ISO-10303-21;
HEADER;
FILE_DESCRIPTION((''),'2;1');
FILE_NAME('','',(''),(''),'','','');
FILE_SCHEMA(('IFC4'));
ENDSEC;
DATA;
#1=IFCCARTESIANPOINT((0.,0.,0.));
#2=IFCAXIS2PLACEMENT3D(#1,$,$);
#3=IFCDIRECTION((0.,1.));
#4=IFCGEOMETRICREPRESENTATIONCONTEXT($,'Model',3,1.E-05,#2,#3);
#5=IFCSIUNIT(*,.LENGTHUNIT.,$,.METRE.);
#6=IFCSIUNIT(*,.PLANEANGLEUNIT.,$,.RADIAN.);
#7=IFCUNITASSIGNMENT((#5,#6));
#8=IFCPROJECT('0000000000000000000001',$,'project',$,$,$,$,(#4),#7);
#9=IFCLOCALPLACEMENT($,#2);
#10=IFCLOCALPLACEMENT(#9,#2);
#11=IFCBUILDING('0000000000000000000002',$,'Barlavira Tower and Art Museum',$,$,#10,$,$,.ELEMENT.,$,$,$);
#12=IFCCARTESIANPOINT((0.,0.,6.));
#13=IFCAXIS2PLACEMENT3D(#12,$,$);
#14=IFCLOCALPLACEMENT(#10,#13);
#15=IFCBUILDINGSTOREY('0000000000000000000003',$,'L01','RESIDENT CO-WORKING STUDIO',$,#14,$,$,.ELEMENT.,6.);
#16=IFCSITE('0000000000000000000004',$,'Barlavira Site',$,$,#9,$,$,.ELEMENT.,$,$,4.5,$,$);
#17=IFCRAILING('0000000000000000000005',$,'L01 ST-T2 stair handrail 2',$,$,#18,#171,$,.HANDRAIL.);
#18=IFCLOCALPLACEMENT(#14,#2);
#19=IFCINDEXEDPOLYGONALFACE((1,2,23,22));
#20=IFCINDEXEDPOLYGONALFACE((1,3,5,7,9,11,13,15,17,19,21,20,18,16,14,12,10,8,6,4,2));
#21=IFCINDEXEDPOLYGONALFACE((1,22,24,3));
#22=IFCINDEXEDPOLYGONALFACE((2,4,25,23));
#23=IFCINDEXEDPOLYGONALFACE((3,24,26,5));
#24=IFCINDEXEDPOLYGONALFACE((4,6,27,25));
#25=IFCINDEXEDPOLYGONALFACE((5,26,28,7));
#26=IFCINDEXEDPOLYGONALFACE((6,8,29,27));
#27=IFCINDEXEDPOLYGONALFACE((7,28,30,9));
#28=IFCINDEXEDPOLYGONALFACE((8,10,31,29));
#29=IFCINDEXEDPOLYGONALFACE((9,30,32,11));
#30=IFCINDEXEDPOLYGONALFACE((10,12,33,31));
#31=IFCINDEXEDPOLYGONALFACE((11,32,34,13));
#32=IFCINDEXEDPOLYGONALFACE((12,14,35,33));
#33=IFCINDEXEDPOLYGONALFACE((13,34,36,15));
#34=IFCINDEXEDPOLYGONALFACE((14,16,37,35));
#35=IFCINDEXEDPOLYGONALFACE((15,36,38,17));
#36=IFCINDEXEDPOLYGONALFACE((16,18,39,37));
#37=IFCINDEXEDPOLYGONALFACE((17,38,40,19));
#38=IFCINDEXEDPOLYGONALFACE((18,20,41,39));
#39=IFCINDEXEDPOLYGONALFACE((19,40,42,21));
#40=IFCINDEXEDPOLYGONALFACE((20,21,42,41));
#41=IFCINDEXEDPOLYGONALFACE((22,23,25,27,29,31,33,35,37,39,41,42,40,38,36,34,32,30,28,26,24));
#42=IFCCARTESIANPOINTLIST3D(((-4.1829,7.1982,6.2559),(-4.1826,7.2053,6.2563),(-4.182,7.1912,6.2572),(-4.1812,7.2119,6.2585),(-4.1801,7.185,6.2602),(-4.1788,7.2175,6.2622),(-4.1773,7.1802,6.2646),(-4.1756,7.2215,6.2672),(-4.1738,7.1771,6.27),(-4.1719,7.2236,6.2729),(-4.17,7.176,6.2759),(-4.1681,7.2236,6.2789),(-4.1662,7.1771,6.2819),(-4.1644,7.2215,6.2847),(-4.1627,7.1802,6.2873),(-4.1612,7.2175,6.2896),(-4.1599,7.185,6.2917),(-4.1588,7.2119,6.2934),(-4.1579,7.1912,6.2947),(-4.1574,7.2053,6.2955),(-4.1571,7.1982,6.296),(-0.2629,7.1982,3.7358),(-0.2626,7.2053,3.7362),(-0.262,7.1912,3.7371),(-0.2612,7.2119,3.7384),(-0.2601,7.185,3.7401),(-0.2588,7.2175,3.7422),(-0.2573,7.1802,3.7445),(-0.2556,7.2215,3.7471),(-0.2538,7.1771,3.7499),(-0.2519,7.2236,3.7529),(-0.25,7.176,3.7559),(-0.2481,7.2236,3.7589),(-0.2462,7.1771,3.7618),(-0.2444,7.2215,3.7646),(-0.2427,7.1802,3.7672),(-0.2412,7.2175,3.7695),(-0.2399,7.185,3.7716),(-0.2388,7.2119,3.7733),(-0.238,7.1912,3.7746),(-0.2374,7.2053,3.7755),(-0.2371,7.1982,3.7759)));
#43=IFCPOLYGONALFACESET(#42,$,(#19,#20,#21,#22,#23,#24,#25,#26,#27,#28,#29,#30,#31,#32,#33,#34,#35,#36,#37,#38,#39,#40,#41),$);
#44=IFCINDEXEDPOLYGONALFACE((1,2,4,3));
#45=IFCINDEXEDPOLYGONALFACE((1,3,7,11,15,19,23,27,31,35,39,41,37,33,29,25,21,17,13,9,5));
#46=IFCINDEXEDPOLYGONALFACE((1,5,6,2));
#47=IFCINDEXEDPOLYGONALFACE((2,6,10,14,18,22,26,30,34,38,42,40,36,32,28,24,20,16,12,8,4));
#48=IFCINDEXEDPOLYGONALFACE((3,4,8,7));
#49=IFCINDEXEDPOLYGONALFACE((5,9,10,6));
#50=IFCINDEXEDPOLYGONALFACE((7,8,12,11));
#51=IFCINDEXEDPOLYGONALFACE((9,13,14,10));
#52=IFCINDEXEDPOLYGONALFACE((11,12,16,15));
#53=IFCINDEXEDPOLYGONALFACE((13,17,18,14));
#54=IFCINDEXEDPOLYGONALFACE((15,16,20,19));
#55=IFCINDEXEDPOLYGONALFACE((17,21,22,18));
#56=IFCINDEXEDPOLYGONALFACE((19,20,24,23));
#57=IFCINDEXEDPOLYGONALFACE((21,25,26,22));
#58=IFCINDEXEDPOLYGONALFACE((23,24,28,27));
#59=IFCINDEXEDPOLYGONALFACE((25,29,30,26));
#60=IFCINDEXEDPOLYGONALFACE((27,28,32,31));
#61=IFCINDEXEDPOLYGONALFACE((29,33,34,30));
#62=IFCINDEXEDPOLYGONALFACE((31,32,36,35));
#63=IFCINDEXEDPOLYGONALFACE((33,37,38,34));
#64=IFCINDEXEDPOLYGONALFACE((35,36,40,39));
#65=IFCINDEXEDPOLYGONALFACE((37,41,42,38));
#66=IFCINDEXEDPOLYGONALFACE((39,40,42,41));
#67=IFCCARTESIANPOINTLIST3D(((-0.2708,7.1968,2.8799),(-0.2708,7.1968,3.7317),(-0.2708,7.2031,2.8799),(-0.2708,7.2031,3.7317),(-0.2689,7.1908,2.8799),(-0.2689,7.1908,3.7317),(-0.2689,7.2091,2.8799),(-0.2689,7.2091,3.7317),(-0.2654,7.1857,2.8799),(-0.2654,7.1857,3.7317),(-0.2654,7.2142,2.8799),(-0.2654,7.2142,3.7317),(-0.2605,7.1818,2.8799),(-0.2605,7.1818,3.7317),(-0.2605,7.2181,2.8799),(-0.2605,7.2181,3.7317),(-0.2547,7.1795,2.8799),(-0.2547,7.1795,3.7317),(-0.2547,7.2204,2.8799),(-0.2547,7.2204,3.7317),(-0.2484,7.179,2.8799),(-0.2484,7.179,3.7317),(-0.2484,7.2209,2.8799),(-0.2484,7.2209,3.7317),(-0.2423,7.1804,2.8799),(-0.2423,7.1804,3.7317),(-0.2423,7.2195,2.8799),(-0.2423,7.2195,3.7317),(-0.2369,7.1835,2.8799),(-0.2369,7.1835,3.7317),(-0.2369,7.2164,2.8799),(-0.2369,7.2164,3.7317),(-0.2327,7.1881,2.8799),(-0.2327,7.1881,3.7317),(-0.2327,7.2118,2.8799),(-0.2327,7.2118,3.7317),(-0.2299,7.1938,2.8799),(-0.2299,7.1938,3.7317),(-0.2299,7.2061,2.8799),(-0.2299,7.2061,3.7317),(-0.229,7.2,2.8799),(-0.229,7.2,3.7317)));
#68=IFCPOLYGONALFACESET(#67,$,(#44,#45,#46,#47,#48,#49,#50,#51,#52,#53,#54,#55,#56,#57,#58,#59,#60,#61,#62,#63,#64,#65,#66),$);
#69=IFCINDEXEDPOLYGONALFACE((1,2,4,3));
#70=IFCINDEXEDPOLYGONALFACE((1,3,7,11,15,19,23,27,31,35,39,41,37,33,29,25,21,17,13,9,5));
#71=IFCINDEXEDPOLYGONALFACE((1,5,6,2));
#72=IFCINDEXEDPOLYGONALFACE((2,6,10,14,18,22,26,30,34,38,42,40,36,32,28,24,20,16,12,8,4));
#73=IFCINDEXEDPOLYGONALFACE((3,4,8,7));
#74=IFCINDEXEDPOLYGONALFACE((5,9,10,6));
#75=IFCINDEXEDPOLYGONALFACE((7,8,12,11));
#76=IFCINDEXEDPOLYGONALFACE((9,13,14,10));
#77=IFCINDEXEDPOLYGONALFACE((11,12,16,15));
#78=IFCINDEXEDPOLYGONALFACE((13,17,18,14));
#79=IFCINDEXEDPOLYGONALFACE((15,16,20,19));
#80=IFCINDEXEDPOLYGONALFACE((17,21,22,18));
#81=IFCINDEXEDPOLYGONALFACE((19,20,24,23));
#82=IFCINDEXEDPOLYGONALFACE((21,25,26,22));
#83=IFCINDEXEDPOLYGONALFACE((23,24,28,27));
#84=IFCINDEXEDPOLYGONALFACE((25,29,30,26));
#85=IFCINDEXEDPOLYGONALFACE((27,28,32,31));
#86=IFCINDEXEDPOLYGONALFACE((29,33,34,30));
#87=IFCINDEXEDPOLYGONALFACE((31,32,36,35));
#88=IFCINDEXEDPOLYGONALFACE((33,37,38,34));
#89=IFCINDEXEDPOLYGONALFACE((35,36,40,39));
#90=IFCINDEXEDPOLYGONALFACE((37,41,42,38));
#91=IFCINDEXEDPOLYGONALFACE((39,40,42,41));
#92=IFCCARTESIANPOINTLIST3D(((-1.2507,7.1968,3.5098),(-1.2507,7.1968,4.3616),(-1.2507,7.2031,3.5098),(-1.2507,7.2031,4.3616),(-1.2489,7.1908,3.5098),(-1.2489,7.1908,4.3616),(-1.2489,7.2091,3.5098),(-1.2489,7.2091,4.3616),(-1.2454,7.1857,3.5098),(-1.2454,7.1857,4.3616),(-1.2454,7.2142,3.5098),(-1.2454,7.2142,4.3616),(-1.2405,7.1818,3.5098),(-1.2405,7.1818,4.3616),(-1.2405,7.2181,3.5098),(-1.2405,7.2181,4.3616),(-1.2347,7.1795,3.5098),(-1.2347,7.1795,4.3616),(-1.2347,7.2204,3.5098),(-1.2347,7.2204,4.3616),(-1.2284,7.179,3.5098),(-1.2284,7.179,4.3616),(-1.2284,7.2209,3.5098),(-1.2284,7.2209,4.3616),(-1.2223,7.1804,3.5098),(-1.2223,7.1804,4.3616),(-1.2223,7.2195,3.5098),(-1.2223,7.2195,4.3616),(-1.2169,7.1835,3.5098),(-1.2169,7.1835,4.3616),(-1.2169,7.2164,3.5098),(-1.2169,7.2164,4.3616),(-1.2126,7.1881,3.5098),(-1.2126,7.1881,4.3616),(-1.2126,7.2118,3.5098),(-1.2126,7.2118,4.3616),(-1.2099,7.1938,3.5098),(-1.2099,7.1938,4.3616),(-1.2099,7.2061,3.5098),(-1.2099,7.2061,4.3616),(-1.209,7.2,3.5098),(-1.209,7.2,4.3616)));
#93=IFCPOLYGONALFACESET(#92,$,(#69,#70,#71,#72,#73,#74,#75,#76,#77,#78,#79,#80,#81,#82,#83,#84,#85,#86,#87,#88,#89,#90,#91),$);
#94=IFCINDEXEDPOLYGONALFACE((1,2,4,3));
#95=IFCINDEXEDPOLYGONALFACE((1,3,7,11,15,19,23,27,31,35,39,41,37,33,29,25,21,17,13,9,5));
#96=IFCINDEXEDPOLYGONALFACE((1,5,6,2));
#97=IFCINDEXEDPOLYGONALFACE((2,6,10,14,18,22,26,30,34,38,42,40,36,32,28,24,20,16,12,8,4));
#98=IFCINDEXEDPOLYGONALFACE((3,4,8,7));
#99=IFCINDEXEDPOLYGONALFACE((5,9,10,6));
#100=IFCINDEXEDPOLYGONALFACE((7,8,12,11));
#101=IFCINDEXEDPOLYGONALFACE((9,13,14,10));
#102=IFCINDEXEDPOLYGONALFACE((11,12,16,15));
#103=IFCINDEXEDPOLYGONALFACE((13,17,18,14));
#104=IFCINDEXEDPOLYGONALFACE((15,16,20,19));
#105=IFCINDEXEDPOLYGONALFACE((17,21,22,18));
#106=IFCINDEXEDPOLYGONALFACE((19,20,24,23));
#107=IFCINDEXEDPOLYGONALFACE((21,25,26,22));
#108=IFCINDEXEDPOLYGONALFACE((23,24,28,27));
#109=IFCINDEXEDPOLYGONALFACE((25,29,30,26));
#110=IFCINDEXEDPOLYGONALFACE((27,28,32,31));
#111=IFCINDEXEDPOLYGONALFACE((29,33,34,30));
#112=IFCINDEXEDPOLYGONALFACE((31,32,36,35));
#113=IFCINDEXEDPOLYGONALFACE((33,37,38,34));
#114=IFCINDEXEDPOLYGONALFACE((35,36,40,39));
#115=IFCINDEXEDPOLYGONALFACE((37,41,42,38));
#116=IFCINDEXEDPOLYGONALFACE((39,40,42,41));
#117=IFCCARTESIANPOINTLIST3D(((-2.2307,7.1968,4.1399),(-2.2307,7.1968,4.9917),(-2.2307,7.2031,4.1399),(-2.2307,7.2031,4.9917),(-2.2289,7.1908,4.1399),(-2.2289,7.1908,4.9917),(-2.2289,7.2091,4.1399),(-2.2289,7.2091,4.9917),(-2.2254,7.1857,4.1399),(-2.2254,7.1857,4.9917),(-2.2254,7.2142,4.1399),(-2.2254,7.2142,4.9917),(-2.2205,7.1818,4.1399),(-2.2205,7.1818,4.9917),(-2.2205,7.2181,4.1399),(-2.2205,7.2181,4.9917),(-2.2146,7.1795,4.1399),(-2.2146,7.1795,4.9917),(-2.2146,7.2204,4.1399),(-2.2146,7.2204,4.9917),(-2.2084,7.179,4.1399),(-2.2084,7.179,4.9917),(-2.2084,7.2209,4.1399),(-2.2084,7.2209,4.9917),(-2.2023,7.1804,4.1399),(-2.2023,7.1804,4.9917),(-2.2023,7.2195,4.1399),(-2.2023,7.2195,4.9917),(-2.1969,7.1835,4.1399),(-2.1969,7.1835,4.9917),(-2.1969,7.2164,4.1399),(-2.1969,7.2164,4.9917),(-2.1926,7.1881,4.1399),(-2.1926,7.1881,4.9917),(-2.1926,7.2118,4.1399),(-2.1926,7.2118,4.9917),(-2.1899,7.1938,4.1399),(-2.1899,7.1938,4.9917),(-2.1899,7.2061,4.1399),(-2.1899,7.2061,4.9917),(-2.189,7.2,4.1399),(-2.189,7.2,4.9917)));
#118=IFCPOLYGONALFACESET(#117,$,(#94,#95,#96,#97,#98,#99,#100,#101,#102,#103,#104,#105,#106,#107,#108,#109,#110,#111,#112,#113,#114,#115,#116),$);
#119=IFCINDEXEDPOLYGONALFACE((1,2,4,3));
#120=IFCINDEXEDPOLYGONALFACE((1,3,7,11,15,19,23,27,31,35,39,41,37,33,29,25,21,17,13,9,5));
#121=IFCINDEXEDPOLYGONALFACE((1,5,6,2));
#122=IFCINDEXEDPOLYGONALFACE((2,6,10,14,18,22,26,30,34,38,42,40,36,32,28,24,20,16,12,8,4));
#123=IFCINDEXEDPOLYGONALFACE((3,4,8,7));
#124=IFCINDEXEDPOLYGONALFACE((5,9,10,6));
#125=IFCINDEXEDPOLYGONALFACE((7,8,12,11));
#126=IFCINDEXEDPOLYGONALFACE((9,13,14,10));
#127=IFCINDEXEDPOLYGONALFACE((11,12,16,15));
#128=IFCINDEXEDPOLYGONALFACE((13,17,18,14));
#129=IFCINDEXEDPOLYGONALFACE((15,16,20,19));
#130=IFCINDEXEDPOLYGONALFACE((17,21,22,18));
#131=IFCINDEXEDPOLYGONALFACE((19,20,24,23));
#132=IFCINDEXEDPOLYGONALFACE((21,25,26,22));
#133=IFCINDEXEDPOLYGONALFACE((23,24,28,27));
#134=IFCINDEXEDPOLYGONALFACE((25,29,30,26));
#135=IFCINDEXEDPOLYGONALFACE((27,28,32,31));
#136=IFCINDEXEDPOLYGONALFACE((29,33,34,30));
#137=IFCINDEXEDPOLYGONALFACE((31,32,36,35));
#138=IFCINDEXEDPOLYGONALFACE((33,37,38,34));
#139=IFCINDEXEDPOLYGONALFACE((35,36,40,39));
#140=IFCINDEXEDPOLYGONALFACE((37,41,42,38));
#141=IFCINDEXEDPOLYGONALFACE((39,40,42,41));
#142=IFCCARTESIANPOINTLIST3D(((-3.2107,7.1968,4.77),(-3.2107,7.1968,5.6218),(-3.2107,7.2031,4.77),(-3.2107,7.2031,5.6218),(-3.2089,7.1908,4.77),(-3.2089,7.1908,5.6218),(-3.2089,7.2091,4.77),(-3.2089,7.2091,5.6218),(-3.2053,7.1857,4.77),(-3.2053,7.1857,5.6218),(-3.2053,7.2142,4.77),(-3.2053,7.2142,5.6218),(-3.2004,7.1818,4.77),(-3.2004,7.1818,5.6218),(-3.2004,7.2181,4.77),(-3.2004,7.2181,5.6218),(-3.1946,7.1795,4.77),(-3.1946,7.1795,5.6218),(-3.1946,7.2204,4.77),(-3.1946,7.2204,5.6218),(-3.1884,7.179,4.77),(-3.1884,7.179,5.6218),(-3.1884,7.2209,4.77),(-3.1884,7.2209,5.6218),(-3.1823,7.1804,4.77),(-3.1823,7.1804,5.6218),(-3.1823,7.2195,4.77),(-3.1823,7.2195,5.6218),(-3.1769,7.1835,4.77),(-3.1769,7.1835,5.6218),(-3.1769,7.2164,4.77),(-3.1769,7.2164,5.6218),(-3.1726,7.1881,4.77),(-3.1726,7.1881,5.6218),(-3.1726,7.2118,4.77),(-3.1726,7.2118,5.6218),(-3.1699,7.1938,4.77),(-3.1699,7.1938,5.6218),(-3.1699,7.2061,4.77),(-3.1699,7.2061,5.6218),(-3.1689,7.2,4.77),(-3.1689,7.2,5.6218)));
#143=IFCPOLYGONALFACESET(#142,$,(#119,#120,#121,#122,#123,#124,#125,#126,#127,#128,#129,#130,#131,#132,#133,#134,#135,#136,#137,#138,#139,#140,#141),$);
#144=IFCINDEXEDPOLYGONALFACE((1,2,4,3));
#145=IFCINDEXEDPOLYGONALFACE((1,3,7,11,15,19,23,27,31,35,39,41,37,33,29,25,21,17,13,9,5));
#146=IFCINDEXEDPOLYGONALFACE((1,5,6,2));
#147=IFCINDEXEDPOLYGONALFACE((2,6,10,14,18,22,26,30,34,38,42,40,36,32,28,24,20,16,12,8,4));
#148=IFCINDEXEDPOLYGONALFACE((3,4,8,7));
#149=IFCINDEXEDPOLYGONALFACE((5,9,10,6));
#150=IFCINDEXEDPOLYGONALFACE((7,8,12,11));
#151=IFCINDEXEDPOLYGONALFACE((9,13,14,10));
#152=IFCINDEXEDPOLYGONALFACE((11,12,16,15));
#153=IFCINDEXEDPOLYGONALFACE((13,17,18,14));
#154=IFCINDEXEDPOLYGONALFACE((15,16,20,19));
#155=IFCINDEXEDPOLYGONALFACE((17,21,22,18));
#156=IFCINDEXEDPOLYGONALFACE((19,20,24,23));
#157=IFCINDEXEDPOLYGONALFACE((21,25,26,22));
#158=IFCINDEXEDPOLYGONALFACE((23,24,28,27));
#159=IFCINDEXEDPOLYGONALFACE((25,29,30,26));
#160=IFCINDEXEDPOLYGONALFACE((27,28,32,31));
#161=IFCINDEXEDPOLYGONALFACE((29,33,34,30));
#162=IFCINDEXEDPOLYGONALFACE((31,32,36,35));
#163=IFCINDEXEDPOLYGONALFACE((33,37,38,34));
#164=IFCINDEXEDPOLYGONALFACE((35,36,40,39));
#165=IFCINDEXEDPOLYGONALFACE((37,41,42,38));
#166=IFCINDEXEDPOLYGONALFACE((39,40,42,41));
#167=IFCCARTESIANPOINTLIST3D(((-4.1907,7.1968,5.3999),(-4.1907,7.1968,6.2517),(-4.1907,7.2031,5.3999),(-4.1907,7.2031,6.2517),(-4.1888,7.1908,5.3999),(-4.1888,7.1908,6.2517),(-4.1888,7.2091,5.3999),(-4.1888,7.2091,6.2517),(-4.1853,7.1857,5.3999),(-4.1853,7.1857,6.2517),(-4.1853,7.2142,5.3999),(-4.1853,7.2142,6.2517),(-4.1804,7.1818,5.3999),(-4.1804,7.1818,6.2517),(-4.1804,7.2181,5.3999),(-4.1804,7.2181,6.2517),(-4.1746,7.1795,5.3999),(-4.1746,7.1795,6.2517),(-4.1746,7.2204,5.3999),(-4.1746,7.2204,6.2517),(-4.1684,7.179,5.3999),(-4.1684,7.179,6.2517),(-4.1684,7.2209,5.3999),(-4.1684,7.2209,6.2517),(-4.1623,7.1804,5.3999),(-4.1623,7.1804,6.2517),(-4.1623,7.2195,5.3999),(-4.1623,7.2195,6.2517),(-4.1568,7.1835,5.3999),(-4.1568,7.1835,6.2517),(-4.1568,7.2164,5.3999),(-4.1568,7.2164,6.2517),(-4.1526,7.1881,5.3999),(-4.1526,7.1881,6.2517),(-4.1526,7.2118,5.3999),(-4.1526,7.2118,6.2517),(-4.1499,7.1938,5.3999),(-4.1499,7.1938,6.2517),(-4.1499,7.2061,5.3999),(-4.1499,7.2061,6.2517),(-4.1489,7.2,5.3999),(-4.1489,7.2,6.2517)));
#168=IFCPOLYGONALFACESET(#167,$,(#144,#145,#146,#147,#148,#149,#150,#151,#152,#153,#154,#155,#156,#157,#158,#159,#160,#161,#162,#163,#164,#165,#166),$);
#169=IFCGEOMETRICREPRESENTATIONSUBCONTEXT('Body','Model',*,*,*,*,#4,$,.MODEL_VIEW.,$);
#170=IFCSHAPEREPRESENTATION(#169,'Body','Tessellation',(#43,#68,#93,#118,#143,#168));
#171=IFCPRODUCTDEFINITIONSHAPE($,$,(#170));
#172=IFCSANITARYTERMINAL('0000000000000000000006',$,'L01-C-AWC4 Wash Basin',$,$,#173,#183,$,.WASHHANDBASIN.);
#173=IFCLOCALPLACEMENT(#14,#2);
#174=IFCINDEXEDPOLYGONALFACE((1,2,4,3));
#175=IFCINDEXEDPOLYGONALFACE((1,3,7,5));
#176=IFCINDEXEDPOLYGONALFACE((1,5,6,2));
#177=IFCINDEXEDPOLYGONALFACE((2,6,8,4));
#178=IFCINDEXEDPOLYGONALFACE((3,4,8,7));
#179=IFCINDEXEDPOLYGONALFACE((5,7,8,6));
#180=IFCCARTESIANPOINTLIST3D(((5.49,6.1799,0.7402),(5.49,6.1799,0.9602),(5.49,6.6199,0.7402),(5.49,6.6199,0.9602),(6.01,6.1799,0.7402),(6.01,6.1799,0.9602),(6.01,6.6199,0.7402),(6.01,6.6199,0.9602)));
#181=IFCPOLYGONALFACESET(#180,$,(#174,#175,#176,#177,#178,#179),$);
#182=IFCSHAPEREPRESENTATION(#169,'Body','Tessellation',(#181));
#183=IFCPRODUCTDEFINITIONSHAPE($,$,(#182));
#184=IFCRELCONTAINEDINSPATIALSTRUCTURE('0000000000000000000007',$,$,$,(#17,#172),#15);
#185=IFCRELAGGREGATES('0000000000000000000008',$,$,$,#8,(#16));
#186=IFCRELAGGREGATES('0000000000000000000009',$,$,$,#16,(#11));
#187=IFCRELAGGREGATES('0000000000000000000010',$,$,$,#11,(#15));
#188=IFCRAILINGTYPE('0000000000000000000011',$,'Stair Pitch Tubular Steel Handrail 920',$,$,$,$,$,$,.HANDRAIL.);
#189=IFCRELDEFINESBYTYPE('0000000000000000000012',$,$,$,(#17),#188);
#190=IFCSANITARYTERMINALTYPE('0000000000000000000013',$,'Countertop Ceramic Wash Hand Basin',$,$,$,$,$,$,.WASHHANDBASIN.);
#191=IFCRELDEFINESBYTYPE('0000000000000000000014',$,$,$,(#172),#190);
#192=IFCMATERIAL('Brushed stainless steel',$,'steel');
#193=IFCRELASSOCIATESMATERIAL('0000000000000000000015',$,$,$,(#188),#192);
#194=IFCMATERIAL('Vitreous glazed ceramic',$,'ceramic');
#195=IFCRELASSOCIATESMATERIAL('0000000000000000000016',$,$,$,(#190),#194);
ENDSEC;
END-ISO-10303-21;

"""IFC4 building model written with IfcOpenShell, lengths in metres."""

from ifc_helpers import new_model, si_unit, direction, frame, origin, origin_2d, place, context, subcontext, project, spatial, rectangle, circle, extrude, material, type_object, element, save


model = new_model("IFC4")

# Units and contexts
model_context = context("Model", 3, precision=1e-05, world=origin(), true_north=direction((0.0, 1.0)))
body_context = subcontext(model_context, "Body", "Model", "MODEL_VIEW")
ifc_project = project(units=[si_unit("LENGTHUNIT", "METRE"), si_unit("PLANEANGLEUNIT", "RADIAN")], contexts=[model_context])

# Site, building, storey
site_placement = place(None, origin())
site = spatial("IfcSite", under=ifc_project, at=site_placement, Name="Barlavira Site", CompositionType="ELEMENT", RefElevation=4.5)
building_placement = place(site_placement, origin())
building = spatial("IfcBuilding", under=site, at=building_placement, Name="Barlavira Tower and Art Museum", CompositionType="ELEMENT")
storey_placement = place(building_placement, frame((0.0, 0.0, 6.0)))
storey = spatial("IfcBuildingStorey", under=building, at=storey_placement, Name="L01", Description="RESIDENT CO-WORKING STUDIO", CompositionType="ELEMENT", Elevation=6.0)

# Shared definitions
ifc_material_1 = material(Name="Brushed stainless steel", Category="steel")

# Railing
railing_type = type_object("IfcRailingType", Name="Stair Pitch Tubular Steel Handrail 920", PredefinedType="HANDRAIL", material=ifc_material_1)
railing_placement = place(storey_placement, frame((-0.25, 7.2, 2.8799)))
element("IfcRailing", 1, at=railing_placement, inside=storey, type_object=railing_type, Name="L01 ST-T2 stair handrail 2", PredefinedType="HANDRAIL", context=body_context, shape_type="SweptSolid", body=[
    extrude(circle(Radius=0.0239, at=origin_2d()), frame((0.0, 0.0, 0.876), z_axis=(-0.841172, 0.0, 0.540768), x_axis=(0.0, -1.0, 0.0)), (0.0, 0.0, 1.0), 4.6602),
    extrude(circle(Radius=0.021, at=origin_2d()), origin(), (0.0, 0.0, 1.0), 0.8518),
    extrude(circle(Radius=0.021, at=origin_2d()), frame((-0.98, 0.0, 0.6299)), (0.0, 0.0, 1.0), 0.8518),
    extrude(circle(Radius=0.021, at=origin_2d()), frame((-1.96, 0.0, 1.26)), (0.0, 0.0, 1.0), 0.8518),
    extrude(circle(Radius=0.021, at=origin_2d()), frame((-2.9399, 0.0, 1.8901)), (0.0, 0.0, 1.0), 0.8518),
    extrude(circle(Radius=0.021, at=origin_2d()), frame((-3.9199, 0.0, 2.52)), (0.0, 0.0, 1.0), 0.8518),
])

# Sanitary terminal
ifc_material_2 = material(Name="Vitreous glazed ceramic", Category="ceramic")
sanitary_terminal_type = type_object("IfcSanitaryTerminalType", Name="Countertop Ceramic Wash Hand Basin", PredefinedType="WASHHANDBASIN", material=ifc_material_2)
sanitary_terminal_placement = place(storey_placement, frame((5.75, 6.3999, 0.7402), z_axis=(0.0, 0.0, 1.0), x_axis=(1.0, 0.0, 0.0)))
element("IfcSanitaryTerminal", 2, at=sanitary_terminal_placement, inside=storey, type_object=sanitary_terminal_type, Name="L01-C-AWC4 Wash Basin", PredefinedType="WASHHANDBASIN", context=body_context, shape_type="SweptSolid", body=[
    extrude(rectangle(XDim=0.52, YDim=0.4399, at=origin_2d()), origin(), (0.0, 0.0, 1.0), 0.22),
])

save(model, "model.ifc")
